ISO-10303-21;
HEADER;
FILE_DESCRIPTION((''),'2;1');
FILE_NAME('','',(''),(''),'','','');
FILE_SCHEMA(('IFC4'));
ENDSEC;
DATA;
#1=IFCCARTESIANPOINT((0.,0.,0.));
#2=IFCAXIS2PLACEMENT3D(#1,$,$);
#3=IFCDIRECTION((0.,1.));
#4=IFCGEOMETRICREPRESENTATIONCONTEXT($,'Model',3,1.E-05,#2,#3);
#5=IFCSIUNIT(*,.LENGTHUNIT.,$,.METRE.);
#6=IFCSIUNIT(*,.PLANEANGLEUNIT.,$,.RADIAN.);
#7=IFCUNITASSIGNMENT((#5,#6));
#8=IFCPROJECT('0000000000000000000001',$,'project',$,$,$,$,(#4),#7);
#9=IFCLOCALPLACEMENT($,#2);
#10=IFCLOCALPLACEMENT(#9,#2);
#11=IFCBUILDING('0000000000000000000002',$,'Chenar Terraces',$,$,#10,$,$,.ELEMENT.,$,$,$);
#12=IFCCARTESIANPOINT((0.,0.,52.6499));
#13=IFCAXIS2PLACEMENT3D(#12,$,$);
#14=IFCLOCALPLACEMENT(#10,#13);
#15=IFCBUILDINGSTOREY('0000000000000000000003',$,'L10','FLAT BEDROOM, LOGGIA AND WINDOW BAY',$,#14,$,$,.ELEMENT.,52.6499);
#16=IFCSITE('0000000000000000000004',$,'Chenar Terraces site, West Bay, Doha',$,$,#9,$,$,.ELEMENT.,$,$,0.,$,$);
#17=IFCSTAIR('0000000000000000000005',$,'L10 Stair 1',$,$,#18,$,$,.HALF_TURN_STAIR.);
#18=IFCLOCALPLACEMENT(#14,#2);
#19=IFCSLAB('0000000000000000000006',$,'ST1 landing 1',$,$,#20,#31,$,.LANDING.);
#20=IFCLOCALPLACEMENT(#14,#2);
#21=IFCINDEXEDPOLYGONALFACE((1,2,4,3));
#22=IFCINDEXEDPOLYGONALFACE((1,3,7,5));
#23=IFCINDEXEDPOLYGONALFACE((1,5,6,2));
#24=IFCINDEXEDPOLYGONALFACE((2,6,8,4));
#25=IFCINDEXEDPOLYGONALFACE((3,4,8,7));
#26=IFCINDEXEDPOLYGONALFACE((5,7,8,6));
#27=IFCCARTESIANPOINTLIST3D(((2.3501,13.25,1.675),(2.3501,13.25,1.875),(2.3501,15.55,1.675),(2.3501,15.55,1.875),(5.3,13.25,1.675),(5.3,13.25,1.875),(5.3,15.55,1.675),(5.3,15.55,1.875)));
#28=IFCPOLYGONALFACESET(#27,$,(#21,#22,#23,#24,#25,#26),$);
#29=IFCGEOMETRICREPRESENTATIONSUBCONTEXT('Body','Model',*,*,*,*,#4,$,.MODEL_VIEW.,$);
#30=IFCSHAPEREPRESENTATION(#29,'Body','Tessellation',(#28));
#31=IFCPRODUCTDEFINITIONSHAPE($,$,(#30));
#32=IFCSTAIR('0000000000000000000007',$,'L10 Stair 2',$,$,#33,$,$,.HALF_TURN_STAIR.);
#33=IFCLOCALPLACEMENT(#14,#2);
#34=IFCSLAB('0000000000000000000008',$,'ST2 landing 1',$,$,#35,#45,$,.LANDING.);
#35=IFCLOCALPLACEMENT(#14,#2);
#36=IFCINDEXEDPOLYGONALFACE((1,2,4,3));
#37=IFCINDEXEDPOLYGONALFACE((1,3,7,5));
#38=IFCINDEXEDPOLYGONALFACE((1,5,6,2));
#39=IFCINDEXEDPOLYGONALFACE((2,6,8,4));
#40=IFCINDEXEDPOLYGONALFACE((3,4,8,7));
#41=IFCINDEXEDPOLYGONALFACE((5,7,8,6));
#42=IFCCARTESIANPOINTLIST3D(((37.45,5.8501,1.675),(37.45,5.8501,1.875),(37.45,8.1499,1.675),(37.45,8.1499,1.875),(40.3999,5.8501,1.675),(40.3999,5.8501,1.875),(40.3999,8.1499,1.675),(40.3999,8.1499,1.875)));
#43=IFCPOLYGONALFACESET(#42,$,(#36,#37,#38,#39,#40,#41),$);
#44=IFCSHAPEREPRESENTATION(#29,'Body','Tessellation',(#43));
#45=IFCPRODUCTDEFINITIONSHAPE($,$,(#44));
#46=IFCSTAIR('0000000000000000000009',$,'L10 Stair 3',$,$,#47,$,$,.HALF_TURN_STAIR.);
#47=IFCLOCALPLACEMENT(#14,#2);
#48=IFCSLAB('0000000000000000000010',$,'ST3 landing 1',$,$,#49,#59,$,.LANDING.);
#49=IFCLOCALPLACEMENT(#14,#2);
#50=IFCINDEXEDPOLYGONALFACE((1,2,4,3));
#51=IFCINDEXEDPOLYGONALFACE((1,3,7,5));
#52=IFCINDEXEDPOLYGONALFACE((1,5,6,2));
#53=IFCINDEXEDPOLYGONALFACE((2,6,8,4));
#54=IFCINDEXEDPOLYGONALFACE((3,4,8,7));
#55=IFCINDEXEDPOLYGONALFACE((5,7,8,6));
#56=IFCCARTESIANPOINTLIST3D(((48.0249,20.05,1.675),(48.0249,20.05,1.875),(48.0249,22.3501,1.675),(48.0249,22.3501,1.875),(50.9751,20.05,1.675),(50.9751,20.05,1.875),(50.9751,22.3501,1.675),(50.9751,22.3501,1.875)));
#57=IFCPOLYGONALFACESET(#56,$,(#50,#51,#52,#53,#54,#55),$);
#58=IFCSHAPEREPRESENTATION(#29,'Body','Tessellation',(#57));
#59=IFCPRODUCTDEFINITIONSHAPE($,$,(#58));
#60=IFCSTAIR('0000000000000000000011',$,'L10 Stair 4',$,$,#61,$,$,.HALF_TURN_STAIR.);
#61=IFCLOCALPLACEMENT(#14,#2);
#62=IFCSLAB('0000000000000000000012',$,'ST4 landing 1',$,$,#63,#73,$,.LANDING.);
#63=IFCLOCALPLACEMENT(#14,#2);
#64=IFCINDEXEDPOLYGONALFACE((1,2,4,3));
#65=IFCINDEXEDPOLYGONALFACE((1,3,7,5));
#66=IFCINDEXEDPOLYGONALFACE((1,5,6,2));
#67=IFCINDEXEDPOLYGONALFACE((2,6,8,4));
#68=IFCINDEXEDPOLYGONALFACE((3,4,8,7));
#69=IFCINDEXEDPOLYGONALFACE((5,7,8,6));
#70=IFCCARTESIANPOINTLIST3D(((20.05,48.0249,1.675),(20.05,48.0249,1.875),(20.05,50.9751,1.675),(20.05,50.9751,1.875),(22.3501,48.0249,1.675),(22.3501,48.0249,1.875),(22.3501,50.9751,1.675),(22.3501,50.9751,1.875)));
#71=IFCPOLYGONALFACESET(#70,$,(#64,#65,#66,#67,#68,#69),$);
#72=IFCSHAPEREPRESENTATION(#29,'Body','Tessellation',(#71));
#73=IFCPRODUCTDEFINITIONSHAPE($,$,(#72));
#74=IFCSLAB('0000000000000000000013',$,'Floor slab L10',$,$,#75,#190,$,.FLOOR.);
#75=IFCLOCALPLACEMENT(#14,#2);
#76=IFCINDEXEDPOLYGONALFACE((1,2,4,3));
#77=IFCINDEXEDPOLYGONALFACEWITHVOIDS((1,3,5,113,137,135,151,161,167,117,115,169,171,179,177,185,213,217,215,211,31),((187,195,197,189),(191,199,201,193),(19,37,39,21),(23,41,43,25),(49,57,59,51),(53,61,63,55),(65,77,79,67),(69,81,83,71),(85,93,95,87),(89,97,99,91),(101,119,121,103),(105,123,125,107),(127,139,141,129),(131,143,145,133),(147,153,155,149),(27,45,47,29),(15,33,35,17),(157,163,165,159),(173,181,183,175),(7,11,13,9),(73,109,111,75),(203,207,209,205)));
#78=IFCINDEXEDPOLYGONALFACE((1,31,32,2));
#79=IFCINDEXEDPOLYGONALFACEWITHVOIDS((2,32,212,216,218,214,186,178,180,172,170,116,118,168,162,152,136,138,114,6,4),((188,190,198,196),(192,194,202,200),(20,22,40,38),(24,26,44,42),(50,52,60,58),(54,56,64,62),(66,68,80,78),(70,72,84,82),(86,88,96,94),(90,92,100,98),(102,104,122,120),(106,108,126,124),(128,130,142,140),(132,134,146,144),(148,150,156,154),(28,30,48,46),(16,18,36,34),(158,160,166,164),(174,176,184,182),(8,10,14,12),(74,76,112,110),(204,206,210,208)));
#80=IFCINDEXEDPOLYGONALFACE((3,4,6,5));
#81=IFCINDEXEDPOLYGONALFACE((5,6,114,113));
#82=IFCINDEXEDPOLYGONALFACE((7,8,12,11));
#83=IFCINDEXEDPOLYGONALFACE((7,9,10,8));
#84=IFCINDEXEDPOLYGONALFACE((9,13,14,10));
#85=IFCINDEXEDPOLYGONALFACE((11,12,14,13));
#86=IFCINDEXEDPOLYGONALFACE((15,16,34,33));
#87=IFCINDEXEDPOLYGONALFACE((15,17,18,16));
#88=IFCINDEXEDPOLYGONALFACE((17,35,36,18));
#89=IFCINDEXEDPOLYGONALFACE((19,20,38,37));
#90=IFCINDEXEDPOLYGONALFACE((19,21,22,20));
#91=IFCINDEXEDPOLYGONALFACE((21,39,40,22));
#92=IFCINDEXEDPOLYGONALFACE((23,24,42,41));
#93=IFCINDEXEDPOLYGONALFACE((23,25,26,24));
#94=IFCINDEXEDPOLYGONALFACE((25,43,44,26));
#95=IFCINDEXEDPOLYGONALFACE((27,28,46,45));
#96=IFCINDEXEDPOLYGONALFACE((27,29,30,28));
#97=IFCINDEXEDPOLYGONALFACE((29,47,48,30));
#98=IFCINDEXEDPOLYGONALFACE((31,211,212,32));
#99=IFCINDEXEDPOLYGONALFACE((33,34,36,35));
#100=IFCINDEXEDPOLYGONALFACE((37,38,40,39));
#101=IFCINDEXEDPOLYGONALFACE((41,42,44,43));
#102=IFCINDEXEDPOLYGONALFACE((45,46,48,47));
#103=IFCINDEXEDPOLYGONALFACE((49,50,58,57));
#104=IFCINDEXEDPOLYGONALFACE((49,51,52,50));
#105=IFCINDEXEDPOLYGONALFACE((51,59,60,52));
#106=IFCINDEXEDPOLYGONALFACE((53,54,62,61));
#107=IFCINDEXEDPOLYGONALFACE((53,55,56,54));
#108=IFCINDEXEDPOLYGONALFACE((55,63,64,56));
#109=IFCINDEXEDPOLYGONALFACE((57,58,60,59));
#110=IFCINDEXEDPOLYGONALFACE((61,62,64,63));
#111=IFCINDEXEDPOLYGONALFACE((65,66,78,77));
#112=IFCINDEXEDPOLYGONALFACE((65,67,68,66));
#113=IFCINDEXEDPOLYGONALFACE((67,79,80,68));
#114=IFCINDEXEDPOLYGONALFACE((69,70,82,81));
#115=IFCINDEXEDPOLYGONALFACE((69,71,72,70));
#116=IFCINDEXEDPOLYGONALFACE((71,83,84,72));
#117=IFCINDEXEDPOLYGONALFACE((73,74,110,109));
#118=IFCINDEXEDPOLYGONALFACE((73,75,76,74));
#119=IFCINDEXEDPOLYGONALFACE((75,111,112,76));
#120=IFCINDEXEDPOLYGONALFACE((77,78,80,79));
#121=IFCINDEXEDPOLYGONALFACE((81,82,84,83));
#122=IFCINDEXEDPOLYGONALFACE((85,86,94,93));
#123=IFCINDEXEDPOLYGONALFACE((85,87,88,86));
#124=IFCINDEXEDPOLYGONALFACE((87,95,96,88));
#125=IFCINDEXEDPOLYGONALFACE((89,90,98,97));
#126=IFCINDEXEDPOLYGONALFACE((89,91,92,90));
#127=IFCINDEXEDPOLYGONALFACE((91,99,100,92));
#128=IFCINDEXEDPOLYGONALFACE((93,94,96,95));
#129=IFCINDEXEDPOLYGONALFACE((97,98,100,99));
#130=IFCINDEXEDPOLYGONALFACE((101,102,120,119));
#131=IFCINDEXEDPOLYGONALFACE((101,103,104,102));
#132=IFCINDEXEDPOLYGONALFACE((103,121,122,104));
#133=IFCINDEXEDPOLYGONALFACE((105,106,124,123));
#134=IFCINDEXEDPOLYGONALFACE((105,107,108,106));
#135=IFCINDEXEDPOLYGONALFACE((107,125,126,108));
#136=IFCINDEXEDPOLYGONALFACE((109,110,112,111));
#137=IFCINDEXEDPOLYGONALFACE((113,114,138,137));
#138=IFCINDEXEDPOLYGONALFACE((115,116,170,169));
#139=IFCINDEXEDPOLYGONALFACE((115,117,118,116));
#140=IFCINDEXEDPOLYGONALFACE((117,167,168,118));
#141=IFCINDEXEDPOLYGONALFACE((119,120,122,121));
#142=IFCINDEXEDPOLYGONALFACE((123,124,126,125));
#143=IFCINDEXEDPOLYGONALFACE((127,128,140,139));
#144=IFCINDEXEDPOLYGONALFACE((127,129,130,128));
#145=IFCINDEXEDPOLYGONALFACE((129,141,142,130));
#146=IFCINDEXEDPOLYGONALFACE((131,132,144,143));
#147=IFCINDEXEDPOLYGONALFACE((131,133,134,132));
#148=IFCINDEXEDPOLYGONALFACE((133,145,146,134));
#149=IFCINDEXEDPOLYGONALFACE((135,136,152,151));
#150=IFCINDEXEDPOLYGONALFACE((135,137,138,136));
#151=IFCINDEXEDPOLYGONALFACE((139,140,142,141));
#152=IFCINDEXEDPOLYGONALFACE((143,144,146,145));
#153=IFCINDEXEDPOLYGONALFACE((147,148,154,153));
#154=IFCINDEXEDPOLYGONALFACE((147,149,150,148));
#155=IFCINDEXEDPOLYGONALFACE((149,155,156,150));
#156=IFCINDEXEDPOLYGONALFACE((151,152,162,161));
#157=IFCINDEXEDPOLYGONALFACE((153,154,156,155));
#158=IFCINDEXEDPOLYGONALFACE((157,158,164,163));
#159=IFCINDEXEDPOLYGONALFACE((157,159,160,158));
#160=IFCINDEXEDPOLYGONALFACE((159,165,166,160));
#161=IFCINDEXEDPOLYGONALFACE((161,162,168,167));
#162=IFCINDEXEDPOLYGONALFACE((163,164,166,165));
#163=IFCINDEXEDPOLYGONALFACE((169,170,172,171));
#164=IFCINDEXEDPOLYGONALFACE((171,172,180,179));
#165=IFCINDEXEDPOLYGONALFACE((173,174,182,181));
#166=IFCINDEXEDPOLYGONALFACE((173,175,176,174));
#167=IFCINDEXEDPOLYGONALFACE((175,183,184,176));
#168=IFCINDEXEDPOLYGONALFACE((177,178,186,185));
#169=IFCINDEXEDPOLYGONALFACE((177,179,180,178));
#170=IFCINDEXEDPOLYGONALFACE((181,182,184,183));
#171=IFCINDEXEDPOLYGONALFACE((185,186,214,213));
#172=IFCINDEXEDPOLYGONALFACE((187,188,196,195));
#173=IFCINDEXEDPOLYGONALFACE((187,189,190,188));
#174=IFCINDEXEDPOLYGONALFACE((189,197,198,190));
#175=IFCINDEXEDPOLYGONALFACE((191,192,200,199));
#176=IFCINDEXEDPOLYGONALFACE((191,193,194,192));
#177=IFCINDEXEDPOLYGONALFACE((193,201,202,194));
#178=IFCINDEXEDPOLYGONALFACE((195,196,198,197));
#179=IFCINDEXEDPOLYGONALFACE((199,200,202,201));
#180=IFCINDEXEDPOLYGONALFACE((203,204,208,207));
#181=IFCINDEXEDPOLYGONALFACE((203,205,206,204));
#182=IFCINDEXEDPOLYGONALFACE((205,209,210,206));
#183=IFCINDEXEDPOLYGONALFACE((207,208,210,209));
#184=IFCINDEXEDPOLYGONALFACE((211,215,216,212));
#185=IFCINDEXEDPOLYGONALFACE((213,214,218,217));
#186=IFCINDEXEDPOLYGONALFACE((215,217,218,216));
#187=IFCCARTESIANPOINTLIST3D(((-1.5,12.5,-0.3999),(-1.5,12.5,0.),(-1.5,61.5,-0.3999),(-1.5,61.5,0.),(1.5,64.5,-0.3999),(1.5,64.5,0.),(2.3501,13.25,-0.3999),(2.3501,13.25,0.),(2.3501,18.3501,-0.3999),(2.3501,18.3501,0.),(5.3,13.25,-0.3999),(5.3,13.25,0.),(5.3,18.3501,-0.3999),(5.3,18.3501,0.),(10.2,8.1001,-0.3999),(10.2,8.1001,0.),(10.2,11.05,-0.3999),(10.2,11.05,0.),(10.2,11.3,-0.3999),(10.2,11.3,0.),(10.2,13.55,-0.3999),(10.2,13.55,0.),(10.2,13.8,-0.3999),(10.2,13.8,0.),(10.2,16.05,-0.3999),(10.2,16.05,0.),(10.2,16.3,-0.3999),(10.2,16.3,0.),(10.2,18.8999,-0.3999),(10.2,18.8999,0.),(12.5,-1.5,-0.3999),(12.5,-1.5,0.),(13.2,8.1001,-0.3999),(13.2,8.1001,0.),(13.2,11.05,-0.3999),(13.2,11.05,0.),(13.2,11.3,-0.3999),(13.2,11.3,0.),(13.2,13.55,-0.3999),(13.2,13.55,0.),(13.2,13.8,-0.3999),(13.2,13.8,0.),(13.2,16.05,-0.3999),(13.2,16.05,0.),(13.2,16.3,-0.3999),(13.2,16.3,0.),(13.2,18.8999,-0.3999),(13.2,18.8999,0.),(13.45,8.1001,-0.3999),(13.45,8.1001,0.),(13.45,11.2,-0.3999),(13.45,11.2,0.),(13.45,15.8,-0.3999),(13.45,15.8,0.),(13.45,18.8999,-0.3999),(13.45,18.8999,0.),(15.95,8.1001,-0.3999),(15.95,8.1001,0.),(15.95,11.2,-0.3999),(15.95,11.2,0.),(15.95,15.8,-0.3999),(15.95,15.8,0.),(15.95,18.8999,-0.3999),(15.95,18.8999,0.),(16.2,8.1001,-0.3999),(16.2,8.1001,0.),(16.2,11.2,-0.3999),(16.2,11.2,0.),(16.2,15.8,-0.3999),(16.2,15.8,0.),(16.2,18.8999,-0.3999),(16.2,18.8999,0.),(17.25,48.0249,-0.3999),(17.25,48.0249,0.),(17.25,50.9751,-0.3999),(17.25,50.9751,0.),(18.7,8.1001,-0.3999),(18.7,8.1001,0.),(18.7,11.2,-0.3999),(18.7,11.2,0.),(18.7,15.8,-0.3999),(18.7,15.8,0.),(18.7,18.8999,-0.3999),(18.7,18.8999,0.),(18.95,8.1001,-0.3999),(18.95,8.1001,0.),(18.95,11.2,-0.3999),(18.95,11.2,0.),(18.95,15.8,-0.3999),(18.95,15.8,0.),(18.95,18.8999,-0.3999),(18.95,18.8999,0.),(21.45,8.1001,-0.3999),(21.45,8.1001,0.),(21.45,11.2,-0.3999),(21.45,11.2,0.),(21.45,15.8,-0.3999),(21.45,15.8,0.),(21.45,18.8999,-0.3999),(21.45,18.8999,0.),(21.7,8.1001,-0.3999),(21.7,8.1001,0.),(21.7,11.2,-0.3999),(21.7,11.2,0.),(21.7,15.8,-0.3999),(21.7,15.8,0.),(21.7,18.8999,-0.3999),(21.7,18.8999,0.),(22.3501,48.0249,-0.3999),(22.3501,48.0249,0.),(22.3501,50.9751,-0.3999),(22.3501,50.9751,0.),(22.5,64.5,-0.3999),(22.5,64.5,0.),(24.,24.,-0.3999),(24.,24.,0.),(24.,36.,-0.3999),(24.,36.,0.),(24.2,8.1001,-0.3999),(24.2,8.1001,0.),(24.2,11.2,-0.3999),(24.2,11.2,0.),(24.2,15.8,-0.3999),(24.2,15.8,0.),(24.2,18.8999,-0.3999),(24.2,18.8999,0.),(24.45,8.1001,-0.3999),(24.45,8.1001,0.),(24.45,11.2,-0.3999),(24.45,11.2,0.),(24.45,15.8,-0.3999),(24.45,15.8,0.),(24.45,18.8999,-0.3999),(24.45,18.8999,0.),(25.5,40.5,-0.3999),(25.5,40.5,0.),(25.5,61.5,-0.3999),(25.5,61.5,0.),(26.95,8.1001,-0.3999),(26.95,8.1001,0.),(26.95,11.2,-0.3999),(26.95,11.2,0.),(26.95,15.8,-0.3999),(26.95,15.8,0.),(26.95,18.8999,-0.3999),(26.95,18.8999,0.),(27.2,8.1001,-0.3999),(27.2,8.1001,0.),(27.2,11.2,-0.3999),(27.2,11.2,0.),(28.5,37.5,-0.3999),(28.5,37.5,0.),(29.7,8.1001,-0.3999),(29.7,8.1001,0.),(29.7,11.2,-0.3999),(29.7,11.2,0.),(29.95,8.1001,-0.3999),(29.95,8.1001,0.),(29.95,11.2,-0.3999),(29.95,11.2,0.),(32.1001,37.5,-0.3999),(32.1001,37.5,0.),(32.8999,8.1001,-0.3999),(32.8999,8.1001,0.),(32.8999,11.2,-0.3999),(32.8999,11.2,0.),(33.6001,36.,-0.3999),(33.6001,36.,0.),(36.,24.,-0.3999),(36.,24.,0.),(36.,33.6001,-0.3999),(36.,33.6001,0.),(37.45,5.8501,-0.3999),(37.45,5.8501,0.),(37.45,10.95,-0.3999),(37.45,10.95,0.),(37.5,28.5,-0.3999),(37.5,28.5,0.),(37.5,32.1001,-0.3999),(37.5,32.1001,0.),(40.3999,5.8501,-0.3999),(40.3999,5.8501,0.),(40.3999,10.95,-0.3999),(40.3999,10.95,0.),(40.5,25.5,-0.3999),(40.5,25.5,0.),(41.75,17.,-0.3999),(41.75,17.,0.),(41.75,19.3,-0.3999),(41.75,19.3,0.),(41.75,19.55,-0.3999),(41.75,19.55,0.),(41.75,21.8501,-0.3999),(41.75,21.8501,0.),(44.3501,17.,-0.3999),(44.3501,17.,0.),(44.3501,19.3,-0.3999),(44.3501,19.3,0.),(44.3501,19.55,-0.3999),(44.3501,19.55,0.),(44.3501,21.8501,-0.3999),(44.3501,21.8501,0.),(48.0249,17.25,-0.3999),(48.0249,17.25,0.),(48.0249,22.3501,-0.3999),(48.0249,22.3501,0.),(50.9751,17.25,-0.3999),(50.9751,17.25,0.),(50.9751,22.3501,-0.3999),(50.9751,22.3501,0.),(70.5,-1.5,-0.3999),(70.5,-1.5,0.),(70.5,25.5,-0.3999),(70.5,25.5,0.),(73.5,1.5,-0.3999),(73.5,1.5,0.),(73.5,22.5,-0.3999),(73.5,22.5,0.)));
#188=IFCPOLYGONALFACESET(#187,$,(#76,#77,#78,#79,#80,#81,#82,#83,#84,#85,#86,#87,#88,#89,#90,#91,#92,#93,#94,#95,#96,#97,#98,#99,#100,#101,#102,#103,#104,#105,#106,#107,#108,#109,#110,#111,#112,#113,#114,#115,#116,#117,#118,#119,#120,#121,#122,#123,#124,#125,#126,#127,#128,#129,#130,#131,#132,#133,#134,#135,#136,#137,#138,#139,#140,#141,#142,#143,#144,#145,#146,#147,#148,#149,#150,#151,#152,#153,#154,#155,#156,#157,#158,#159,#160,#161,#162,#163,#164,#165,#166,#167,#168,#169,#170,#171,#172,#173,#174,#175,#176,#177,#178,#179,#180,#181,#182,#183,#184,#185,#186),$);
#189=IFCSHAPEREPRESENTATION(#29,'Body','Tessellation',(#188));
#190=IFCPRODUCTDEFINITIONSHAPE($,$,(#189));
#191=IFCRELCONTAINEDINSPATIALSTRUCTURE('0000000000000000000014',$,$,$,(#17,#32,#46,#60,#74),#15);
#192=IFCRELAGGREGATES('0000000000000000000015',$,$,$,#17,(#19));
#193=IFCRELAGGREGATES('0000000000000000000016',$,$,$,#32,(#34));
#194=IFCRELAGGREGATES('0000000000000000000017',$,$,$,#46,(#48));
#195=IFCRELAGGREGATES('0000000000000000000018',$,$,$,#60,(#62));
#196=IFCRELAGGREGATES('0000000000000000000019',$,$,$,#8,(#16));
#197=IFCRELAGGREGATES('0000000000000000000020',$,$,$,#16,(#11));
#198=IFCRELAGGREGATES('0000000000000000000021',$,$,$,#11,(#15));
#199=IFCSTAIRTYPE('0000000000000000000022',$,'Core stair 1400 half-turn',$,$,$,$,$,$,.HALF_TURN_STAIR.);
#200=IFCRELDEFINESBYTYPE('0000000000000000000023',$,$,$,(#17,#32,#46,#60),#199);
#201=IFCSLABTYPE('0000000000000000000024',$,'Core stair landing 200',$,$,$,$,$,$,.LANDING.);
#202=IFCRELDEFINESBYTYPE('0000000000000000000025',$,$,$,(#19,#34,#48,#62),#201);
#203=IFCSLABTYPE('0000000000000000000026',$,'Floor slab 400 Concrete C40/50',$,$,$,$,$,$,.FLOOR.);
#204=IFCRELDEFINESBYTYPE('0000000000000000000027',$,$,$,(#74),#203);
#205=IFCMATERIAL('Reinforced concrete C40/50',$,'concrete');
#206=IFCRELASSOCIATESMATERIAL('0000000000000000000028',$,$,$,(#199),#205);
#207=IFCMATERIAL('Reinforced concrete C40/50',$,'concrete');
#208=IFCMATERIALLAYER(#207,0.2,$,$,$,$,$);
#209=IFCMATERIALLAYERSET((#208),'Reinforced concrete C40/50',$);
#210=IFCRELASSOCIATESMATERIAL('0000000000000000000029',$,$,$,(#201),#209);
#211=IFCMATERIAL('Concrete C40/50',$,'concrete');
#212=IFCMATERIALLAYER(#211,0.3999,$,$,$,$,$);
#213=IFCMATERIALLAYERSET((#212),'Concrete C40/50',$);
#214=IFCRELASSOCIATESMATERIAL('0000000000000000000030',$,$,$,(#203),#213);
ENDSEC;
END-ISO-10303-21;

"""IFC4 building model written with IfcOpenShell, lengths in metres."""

from ifc_helpers import new_model, si_unit, direction, frame, origin, place, context, subcontext, project, spatial, polyline, outline, extrude, material, layer, layer_set, type_object, element, aggregate, save


model = new_model("IFC4")

# Units and contexts
model_context = context("Model", 3, precision=1e-05, world=origin(), true_north=direction((0.0, 1.0)))
body_context = subcontext(model_context, "Body", "Model", "MODEL_VIEW")
ifc_project = project(units=[si_unit("LENGTHUNIT", "METRE"), si_unit("PLANEANGLEUNIT", "RADIAN")], contexts=[model_context])

# Site, building, storey
site_placement = place(None, origin())
site = spatial("IfcSite", under=ifc_project, at=site_placement, Name="Chenar Terraces site, West Bay, Doha", CompositionType="ELEMENT", RefElevation=0.0)
building_placement = place(site_placement, origin())
building = spatial("IfcBuilding", under=site, at=building_placement, Name="Chenar Terraces", CompositionType="ELEMENT")
storey_placement = place(building_placement, frame((0.0, 0.0, 52.6499)))
storey = spatial("IfcBuildingStorey", under=building, at=storey_placement, Name="L10", Description="FLAT BEDROOM, LOGGIA AND WINDOW BAY", CompositionType="ELEMENT", Elevation=52.6499)

# Stairs, slabs
ifc_material_1 = material(Name="Reinforced concrete C40/50", Category="concrete")
stair_type = type_object("IfcStairType", Name="Core stair 1400 half-turn", PredefinedType="HALF_TURN_STAIR", material=ifc_material_1)
placement_1 = place(storey_placement, origin())
stair_1 = element("IfcStair", 1, at=placement_1, inside=storey, type_object=stair_type, Name="L10 Stair 1", PredefinedType="HALF_TURN_STAIR")
ifc_material_2 = material(Name="Reinforced concrete C40/50", Category="concrete")
ifc_layer_1 = layer(ifc_material_2, 0.2)
ifc_layer_set_1 = layer_set([ifc_layer_1], Name="Reinforced concrete C40/50")
slab_type_1 = type_object("IfcSlabType", Name="Core stair landing 200", PredefinedType="LANDING", material=ifc_layer_set_1)
placement_2 = place(storey_placement, frame((0.0, 0.0, 1.675)))
slab_1 = element("IfcSlab", 2, at=placement_2, type_object=slab_type_1, Name="ST1 landing 1", PredefinedType="LANDING", context=body_context, shape_type="SweptSolid", body=[
    extrude(outline(polyline([(2.3501, 15.55), (2.3501, 13.25), (5.3, 13.25), (5.3, 15.55), (2.3501, 15.55)])), origin(), (0.0, 0.0, 1.0), 0.2),
])
aggregate(stair_1, [slab_1])
stair_2 = element("IfcStair", 3, at=placement_1, inside=storey, type_object=stair_type, Name="L10 Stair 2", PredefinedType="HALF_TURN_STAIR")
slab_2 = element("IfcSlab", 4, at=placement_2, type_object=slab_type_1, Name="ST2 landing 1", PredefinedType="LANDING", context=body_context, shape_type="SweptSolid", body=[
    extrude(outline(polyline([(37.45, 8.1499), (37.45, 5.8501), (40.3999, 5.8501), (40.3999, 8.1499), (37.45, 8.1499)])), origin(), (0.0, 0.0, 1.0), 0.2),
])
aggregate(stair_2, [slab_2])
stair_3 = element("IfcStair", 5, at=placement_1, inside=storey, type_object=stair_type, Name="L10 Stair 3", PredefinedType="HALF_TURN_STAIR")
slab_3 = element("IfcSlab", 6, at=placement_2, type_object=slab_type_1, Name="ST3 landing 1", PredefinedType="LANDING", context=body_context, shape_type="SweptSolid", body=[
    extrude(outline(polyline([(50.9751, 20.05), (50.9751, 22.3501), (48.0249, 22.3501), (48.0249, 20.05), (50.9751, 20.05)])), origin(), (0.0, 0.0, 1.0), 0.2),
])
aggregate(stair_3, [slab_3])
stair_4 = element("IfcStair", 7, at=placement_1, inside=storey, type_object=stair_type, Name="L10 Stair 4", PredefinedType="HALF_TURN_STAIR")
slab_4 = element("IfcSlab", 8, at=placement_2, type_object=slab_type_1, Name="ST4 landing 1", PredefinedType="LANDING", context=body_context, shape_type="SweptSolid", body=[
    extrude(outline(polyline([(20.05, 48.0249), (22.3501, 48.0249), (22.3501, 50.9751), (20.05, 50.9751), (20.05, 48.0249)])), origin(), (0.0, 0.0, 1.0), 0.2),
])
aggregate(stair_4, [slab_4])

# Slab
ifc_material_3 = material(Name="Concrete C40/50", Category="concrete")
ifc_layer_2 = layer(ifc_material_3, 0.3999)
ifc_layer_set_2 = layer_set([ifc_layer_2], Name="Concrete C40/50")
slab_type_2 = type_object("IfcSlabType", Name="Floor slab 400 Concrete C40/50", PredefinedType="FLOOR", material=ifc_layer_set_2)
slab_5_placement = place(storey_placement, frame((0.0, 0.0, -0.3999)))
element("IfcSlab", 9, at=slab_5_placement, inside=storey, type_object=slab_type_2, Name="Floor slab L10", PredefinedType="FLOOR", context=body_context, shape_type="SweptSolid", body=[
    extrude(outline(polyline([(73.5, 22.5), (73.5, 1.5), (70.5, -1.5), (12.5, -1.5), (-1.5, 12.5), (-1.5, 61.5), (1.5, 64.5), (22.5, 64.5), (25.5, 61.5), (25.5, 40.5), (28.5, 37.5), (32.1001, 37.5), (33.6001, 36.0), (24.0, 36.0), (24.0, 24.0), (36.0, 24.0), (36.0, 33.6001), (37.5, 32.1001), (37.5, 28.5), (40.5, 25.5), (70.5, 25.5), (73.5, 22.5)]), holes=[polyline([(13.2, 11.05), (10.2, 11.05), (10.2, 8.1001), (13.2, 8.1001), (13.2, 11.05)]), polyline([(15.95, 11.2), (13.45, 11.2), (13.45, 8.1001), (15.95, 8.1001), (15.95, 11.2)]), polyline([(18.7, 11.2), (16.2, 11.2), (16.2, 8.1001), (18.7, 8.1001), (18.7, 11.2)]), polyline([(21.45, 8.1001), (21.45, 11.2), (18.95, 11.2), (18.95, 8.1001), (21.45, 8.1001)]), polyline([(13.2, 11.3), (13.2, 13.55), (10.2, 13.55), (10.2, 11.3), (13.2, 11.3)]), polyline([(13.2, 16.05), (10.2, 16.05), (10.2, 13.8), (13.2, 13.8), (13.2, 16.05)]), polyline([(2.3501, 18.3501), (2.3501, 13.25), (5.3, 13.25), (5.3, 18.3501), (2.3501, 18.3501)]), polyline([(15.95, 15.8), (15.95, 18.8999), (13.45, 18.8999), (13.45, 15.8), (15.95, 15.8)]), polyline([(18.7, 18.8999), (16.2, 18.8999), (16.2, 15.8), (18.7, 15.8), (18.7, 18.8999)]), polyline([(21.45, 15.8), (21.45, 18.8999), (18.95, 18.8999), (18.95, 15.8), (21.45, 15.8)]), polyline([(13.2, 16.3), (13.2, 18.8999), (10.2, 18.8999), (10.2, 16.3), (13.2, 16.3)]), polyline([(22.3501, 48.0249), (22.3501, 50.9751), (17.25, 50.9751), (17.25, 48.0249), (22.3501, 48.0249)]), polyline([(37.45, 10.95), (37.45, 5.8501), (40.3999, 5.8501), (40.3999, 10.95), (37.45, 10.95)]), polyline([(24.2, 8.1001), (24.2, 11.2), (21.7, 11.2), (21.7, 8.1001), (24.2, 8.1001)]), polyline([(26.95, 11.2), (24.45, 11.2), (24.45, 8.1001), (26.95, 8.1001), (26.95, 11.2)]), polyline([(29.7, 8.1001), (29.7, 11.2), (27.2, 11.2), (27.2, 8.1001), (29.7, 8.1001)]), polyline([(32.8999, 8.1001), (32.8999, 11.2), (29.95, 11.2), (29.95, 8.1001), (32.8999, 8.1001)]), polyline([(24.2, 18.8999), (21.7, 18.8999), (21.7, 15.8), (24.2, 15.8), (24.2, 18.8999)]), polyline([(26.95, 15.8), (26.95, 18.8999), (24.45, 18.8999), (24.45, 15.8), (26.95, 15.8)]), polyline([(44.3501, 17.0), (44.3501, 19.3), (41.75, 19.3), (41.75, 17.0), (44.3501, 17.0)]), polyline([(50.9751, 22.3501), (48.0249, 22.3501), (48.0249, 17.25), (50.9751, 17.25), (50.9751, 22.3501)]), polyline([(44.3501, 19.55), (44.3501, 21.8501), (41.75, 21.8501), (41.75, 19.55), (44.3501, 19.55)])]), origin(), (0.0, 0.0, 1.0), 0.3999),
])

save(model, "model.ifc")
